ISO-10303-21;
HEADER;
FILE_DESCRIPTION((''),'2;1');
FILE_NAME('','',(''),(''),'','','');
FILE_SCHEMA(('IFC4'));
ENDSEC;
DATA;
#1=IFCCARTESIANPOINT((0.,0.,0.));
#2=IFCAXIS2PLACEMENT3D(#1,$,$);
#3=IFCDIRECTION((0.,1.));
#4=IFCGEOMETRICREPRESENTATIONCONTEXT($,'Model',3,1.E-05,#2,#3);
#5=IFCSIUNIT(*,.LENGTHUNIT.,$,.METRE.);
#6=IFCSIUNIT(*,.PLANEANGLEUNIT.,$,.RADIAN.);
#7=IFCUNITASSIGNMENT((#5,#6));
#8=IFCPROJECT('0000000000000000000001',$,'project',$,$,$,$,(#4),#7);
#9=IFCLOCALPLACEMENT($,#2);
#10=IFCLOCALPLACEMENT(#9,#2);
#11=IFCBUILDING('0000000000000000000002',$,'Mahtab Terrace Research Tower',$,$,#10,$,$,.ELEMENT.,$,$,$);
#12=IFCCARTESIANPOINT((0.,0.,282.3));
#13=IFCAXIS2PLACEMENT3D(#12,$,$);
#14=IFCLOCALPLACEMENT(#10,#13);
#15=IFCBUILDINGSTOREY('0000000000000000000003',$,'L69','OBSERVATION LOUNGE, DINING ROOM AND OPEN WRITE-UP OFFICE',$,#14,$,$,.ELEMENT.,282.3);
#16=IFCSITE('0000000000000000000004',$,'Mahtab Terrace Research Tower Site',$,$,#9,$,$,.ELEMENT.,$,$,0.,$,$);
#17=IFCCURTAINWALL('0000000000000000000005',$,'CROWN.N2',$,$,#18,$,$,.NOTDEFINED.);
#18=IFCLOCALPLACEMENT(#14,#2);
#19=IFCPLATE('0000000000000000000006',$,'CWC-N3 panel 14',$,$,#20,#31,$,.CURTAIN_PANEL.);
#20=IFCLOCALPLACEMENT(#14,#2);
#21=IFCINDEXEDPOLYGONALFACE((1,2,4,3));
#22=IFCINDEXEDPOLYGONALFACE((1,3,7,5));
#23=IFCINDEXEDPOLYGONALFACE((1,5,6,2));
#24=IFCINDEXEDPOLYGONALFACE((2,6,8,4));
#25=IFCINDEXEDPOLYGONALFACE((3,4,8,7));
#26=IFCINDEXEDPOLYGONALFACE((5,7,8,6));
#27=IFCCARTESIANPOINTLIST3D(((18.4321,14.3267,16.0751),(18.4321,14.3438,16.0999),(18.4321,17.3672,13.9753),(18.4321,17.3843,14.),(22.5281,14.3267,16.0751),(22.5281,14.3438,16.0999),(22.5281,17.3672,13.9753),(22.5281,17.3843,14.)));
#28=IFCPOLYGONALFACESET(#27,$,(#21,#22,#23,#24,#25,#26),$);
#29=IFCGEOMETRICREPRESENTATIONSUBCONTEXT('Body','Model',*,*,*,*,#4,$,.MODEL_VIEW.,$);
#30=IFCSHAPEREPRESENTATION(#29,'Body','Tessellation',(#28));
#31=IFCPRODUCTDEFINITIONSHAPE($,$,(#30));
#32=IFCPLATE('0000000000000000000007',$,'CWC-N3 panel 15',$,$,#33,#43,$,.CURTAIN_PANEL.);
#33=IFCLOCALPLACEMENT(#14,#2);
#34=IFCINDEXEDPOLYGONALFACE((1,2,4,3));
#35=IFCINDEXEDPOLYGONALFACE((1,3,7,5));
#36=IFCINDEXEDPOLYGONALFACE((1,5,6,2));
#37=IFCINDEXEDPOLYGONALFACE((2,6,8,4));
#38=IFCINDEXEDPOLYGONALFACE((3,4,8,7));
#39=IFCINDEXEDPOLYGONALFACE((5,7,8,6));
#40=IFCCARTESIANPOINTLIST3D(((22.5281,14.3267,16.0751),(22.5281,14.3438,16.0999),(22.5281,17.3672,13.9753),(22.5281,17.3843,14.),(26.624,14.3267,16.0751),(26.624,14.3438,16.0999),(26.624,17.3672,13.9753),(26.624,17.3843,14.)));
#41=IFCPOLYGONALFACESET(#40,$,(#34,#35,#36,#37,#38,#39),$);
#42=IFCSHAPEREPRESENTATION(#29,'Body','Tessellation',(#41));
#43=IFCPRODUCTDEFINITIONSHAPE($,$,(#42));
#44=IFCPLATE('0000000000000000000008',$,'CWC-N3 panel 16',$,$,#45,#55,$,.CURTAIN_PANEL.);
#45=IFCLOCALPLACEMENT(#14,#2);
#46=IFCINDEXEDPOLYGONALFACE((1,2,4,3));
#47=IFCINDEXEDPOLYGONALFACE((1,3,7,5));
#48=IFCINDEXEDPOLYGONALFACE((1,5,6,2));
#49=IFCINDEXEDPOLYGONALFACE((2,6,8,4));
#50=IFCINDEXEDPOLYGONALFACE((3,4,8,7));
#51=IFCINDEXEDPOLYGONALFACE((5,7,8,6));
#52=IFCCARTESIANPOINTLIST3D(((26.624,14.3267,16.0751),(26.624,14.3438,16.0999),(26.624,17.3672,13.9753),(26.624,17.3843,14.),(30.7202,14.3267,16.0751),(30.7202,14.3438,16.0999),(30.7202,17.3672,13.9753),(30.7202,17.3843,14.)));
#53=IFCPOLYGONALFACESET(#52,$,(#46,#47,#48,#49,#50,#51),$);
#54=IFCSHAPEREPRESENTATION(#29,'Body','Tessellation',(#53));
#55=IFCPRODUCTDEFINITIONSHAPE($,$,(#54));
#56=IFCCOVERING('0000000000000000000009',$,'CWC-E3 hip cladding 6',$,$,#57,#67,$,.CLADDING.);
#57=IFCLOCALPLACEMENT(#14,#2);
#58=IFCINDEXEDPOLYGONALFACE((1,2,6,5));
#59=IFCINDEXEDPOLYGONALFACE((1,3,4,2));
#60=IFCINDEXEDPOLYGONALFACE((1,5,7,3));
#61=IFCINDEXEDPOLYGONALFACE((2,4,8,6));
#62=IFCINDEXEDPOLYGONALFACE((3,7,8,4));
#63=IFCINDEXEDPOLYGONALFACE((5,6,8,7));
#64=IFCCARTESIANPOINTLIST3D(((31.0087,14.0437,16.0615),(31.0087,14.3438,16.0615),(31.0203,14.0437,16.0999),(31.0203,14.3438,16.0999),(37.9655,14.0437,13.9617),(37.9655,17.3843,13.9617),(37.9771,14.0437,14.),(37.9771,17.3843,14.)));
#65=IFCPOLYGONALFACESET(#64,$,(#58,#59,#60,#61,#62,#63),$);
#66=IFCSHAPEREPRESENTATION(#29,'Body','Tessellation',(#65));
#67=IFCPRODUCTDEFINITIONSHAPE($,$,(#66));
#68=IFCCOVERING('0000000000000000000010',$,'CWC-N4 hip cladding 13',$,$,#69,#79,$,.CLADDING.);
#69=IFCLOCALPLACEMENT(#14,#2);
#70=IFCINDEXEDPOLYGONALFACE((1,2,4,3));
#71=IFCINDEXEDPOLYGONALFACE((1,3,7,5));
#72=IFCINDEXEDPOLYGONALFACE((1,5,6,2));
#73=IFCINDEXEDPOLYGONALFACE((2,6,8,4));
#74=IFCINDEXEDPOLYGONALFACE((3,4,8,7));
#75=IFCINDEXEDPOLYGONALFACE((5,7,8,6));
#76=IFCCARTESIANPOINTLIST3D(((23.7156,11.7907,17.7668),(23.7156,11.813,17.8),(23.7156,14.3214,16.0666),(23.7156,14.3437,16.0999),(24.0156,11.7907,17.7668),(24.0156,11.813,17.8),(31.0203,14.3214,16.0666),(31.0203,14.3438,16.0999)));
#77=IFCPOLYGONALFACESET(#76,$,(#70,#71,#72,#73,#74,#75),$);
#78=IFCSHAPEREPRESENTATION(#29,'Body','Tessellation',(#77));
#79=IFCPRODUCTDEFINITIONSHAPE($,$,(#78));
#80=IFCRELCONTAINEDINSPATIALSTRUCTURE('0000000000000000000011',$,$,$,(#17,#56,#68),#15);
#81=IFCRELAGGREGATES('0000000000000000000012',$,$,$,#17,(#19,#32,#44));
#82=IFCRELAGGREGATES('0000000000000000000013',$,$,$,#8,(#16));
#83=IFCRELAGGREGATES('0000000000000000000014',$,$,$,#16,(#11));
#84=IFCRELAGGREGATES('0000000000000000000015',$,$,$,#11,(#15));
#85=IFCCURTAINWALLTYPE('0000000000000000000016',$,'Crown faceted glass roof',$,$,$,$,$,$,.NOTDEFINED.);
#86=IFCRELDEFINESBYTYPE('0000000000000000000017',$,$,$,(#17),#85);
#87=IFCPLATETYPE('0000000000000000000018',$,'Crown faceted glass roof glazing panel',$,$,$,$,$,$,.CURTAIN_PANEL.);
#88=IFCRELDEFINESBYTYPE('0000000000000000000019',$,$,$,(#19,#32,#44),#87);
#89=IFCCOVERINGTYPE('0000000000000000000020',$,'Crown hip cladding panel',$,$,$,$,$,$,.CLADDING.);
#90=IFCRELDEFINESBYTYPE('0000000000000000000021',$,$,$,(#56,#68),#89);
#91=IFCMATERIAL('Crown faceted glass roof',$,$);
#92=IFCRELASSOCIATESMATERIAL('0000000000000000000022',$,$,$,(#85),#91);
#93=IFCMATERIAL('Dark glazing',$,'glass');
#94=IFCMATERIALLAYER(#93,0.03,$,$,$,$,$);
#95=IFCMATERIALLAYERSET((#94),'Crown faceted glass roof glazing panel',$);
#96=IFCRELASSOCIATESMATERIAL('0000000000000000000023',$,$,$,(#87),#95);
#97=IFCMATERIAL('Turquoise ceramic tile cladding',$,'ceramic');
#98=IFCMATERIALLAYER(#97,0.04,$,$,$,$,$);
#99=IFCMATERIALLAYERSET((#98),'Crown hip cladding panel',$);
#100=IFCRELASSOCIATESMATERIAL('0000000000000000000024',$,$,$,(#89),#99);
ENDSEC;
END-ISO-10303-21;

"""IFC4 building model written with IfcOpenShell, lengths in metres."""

from ifc_helpers import new_model, si_unit, direction, frame, origin, place, context, subcontext, project, spatial, polyline, outline, extrude, material, layer, layer_set, type_object, element, aggregate, save


model = new_model("IFC4")

# Units and contexts
model_context = context("Model", 3, precision=1e-05, world=origin(), true_north=direction((0.0, 1.0)))
body_context = subcontext(model_context, "Body", "Model", "MODEL_VIEW")
ifc_project = project(units=[si_unit("LENGTHUNIT", "METRE"), si_unit("PLANEANGLEUNIT", "RADIAN")], contexts=[model_context])

# Site, building, storey
site_placement = place(None, origin())
site = spatial("IfcSite", under=ifc_project, at=site_placement, Name="Mahtab Terrace Research Tower Site", CompositionType="ELEMENT", RefElevation=0.0)
building_placement = place(site_placement, origin())
building = spatial("IfcBuilding", under=site, at=building_placement, Name="Mahtab Terrace Research Tower", CompositionType="ELEMENT")
storey_placement = place(building_placement, frame((0.0, 0.0, 282.3)))
storey = spatial("IfcBuildingStorey", under=building, at=storey_placement, Name="L69", Description="OBSERVATION LOUNGE, DINING ROOM AND OPEN WRITE-UP OFFICE", CompositionType="ELEMENT", Elevation=282.3)

# Curtain wall
ifc_material_1 = material(Name="Crown faceted glass roof")
curtain_wall_type = type_object("IfcCurtainWallType", Name="Crown faceted glass roof", PredefinedType="NOTDEFINED", material=ifc_material_1)
curtain_wall_1_placement = place(storey_placement, origin())
curtain_wall_1 = element("IfcCurtainWall", 1, at=curtain_wall_1_placement, inside=storey, type_object=curtain_wall_type, Name="CROWN.N2", PredefinedType="NOTDEFINED")

# Shared definitions
ifc_material_2 = material(Name="Dark glazing", Category="glass")
ifc_layer_1 = layer(ifc_material_2, 0.03)
ifc_layer_set_1 = layer_set([ifc_layer_1], Name="Crown faceted glass roof glazing panel")
plate_type = type_object("IfcPlateType", Name="Crown faceted glass roof glazing panel", PredefinedType="CURTAIN_PANEL", material=ifc_layer_set_1)

# Plates
plate_1_placement = place(storey_placement, frame((22.5281, 14.3438, 16.0999), z_axis=(0.0, 0.568272, 0.822841), x_axis=(0.0, 0.822841, -0.568272)))
plate_1 = element("IfcPlate", 2, at=plate_1_placement, type_object=plate_type, Name="CWC-N3 panel 14", PredefinedType="CURTAIN_PANEL", context=body_context, shape_type="SweptSolid", body=[
    extrude(outline(polyline([(0.0, 0.0), (3.6952, 0.0), (3.6952, 4.0959), (0.0, 4.0959), (0.0, 0.0)])), origin(), (0.0, 0.0, -1.0), 0.03),
])
plate_2_placement = place(storey_placement, frame((26.624, 14.3438, 16.0999), z_axis=(0.0, 0.568272, 0.822841), x_axis=(0.0, 0.822841, -0.568272)))
plate_2 = element("IfcPlate", 3, at=plate_2_placement, type_object=plate_type, Name="CWC-N3 panel 15", PredefinedType="CURTAIN_PANEL", context=body_context, shape_type="SweptSolid", body=[
    extrude(outline(polyline([(0.0, 0.0), (3.6952, 0.0), (3.6952, 4.0959), (0.0, 4.0959), (0.0, 0.0)])), origin(), (0.0, 0.0, -1.0), 0.03),
])
plate_3_placement = place(storey_placement, frame((30.7202, 14.3438, 16.0999), z_axis=(0.0, 0.568272, 0.822841), x_axis=(0.0, 0.822841, -0.568272)))
plate_3 = element("IfcPlate", 4, at=plate_3_placement, type_object=plate_type, Name="CWC-N3 panel 16", PredefinedType="CURTAIN_PANEL", context=body_context, shape_type="SweptSolid", body=[
    extrude(outline(polyline([(0.0, 0.0), (3.6952, 0.0), (3.6952, 4.0962), (0.0, 4.0962), (0.0, 0.0)])), origin(), (0.0, 0.0, -1.0), 0.03),
])
aggregate(curtain_wall_1, [plate_1, plate_2, plate_3])

# Coverings
ifc_material_3 = material(Name="Turquoise ceramic tile cladding", Category="ceramic")
ifc_layer_2 = layer(ifc_material_3, 0.04)
ifc_layer_set_2 = layer_set([ifc_layer_2], Name="Crown hip cladding panel")
covering_type = type_object("IfcCoveringType", Name="Crown hip cladding panel", PredefinedType="CLADDING", material=ifc_layer_set_2)
covering_1_placement = place(storey_placement, frame((31.0203, 14.3438, 16.0999), z_axis=(0.288966, 0.0, 0.957339), x_axis=(0.883149, 0.385988, -0.266572)))
element("IfcCovering", 5, at=covering_1_placement, inside=storey, type_object=covering_type, Name="CWC-E3 hip cladding 6", PredefinedType="CLADDING", context=body_context, shape_type="SweptSolid", body=[
    extrude(outline(polyline([(0.0, 0.0), (7.8773, 0.0), (6.5878, -3.0817), (-0.1158, -0.2768), (0.0, 0.0)])), origin(), (0.0, 0.0, -1.0), 0.04),
])
covering_2_placement = place(storey_placement, frame((31.0203, 14.3438, 16.0999), z_axis=(0.0, 0.557653, 0.830074), x_axis=(-0.91691, -0.331278, 0.222556)))
element("IfcCovering", 6, at=covering_2_placement, inside=storey, type_object=covering_type, Name="CWC-N4 hip cladding 13", PredefinedType="CLADDING", context=body_context, shape_type="SweptSolid", body=[
    extrude(outline(polyline([(0.0, 0.0), (7.6394, 0.0), (7.9145, -0.1197), (6.6977, -2.9153), (0.0, 0.0)])), origin(), (0.0, 0.0, -1.0), 0.04),
])

save(model, "model.ifc")
